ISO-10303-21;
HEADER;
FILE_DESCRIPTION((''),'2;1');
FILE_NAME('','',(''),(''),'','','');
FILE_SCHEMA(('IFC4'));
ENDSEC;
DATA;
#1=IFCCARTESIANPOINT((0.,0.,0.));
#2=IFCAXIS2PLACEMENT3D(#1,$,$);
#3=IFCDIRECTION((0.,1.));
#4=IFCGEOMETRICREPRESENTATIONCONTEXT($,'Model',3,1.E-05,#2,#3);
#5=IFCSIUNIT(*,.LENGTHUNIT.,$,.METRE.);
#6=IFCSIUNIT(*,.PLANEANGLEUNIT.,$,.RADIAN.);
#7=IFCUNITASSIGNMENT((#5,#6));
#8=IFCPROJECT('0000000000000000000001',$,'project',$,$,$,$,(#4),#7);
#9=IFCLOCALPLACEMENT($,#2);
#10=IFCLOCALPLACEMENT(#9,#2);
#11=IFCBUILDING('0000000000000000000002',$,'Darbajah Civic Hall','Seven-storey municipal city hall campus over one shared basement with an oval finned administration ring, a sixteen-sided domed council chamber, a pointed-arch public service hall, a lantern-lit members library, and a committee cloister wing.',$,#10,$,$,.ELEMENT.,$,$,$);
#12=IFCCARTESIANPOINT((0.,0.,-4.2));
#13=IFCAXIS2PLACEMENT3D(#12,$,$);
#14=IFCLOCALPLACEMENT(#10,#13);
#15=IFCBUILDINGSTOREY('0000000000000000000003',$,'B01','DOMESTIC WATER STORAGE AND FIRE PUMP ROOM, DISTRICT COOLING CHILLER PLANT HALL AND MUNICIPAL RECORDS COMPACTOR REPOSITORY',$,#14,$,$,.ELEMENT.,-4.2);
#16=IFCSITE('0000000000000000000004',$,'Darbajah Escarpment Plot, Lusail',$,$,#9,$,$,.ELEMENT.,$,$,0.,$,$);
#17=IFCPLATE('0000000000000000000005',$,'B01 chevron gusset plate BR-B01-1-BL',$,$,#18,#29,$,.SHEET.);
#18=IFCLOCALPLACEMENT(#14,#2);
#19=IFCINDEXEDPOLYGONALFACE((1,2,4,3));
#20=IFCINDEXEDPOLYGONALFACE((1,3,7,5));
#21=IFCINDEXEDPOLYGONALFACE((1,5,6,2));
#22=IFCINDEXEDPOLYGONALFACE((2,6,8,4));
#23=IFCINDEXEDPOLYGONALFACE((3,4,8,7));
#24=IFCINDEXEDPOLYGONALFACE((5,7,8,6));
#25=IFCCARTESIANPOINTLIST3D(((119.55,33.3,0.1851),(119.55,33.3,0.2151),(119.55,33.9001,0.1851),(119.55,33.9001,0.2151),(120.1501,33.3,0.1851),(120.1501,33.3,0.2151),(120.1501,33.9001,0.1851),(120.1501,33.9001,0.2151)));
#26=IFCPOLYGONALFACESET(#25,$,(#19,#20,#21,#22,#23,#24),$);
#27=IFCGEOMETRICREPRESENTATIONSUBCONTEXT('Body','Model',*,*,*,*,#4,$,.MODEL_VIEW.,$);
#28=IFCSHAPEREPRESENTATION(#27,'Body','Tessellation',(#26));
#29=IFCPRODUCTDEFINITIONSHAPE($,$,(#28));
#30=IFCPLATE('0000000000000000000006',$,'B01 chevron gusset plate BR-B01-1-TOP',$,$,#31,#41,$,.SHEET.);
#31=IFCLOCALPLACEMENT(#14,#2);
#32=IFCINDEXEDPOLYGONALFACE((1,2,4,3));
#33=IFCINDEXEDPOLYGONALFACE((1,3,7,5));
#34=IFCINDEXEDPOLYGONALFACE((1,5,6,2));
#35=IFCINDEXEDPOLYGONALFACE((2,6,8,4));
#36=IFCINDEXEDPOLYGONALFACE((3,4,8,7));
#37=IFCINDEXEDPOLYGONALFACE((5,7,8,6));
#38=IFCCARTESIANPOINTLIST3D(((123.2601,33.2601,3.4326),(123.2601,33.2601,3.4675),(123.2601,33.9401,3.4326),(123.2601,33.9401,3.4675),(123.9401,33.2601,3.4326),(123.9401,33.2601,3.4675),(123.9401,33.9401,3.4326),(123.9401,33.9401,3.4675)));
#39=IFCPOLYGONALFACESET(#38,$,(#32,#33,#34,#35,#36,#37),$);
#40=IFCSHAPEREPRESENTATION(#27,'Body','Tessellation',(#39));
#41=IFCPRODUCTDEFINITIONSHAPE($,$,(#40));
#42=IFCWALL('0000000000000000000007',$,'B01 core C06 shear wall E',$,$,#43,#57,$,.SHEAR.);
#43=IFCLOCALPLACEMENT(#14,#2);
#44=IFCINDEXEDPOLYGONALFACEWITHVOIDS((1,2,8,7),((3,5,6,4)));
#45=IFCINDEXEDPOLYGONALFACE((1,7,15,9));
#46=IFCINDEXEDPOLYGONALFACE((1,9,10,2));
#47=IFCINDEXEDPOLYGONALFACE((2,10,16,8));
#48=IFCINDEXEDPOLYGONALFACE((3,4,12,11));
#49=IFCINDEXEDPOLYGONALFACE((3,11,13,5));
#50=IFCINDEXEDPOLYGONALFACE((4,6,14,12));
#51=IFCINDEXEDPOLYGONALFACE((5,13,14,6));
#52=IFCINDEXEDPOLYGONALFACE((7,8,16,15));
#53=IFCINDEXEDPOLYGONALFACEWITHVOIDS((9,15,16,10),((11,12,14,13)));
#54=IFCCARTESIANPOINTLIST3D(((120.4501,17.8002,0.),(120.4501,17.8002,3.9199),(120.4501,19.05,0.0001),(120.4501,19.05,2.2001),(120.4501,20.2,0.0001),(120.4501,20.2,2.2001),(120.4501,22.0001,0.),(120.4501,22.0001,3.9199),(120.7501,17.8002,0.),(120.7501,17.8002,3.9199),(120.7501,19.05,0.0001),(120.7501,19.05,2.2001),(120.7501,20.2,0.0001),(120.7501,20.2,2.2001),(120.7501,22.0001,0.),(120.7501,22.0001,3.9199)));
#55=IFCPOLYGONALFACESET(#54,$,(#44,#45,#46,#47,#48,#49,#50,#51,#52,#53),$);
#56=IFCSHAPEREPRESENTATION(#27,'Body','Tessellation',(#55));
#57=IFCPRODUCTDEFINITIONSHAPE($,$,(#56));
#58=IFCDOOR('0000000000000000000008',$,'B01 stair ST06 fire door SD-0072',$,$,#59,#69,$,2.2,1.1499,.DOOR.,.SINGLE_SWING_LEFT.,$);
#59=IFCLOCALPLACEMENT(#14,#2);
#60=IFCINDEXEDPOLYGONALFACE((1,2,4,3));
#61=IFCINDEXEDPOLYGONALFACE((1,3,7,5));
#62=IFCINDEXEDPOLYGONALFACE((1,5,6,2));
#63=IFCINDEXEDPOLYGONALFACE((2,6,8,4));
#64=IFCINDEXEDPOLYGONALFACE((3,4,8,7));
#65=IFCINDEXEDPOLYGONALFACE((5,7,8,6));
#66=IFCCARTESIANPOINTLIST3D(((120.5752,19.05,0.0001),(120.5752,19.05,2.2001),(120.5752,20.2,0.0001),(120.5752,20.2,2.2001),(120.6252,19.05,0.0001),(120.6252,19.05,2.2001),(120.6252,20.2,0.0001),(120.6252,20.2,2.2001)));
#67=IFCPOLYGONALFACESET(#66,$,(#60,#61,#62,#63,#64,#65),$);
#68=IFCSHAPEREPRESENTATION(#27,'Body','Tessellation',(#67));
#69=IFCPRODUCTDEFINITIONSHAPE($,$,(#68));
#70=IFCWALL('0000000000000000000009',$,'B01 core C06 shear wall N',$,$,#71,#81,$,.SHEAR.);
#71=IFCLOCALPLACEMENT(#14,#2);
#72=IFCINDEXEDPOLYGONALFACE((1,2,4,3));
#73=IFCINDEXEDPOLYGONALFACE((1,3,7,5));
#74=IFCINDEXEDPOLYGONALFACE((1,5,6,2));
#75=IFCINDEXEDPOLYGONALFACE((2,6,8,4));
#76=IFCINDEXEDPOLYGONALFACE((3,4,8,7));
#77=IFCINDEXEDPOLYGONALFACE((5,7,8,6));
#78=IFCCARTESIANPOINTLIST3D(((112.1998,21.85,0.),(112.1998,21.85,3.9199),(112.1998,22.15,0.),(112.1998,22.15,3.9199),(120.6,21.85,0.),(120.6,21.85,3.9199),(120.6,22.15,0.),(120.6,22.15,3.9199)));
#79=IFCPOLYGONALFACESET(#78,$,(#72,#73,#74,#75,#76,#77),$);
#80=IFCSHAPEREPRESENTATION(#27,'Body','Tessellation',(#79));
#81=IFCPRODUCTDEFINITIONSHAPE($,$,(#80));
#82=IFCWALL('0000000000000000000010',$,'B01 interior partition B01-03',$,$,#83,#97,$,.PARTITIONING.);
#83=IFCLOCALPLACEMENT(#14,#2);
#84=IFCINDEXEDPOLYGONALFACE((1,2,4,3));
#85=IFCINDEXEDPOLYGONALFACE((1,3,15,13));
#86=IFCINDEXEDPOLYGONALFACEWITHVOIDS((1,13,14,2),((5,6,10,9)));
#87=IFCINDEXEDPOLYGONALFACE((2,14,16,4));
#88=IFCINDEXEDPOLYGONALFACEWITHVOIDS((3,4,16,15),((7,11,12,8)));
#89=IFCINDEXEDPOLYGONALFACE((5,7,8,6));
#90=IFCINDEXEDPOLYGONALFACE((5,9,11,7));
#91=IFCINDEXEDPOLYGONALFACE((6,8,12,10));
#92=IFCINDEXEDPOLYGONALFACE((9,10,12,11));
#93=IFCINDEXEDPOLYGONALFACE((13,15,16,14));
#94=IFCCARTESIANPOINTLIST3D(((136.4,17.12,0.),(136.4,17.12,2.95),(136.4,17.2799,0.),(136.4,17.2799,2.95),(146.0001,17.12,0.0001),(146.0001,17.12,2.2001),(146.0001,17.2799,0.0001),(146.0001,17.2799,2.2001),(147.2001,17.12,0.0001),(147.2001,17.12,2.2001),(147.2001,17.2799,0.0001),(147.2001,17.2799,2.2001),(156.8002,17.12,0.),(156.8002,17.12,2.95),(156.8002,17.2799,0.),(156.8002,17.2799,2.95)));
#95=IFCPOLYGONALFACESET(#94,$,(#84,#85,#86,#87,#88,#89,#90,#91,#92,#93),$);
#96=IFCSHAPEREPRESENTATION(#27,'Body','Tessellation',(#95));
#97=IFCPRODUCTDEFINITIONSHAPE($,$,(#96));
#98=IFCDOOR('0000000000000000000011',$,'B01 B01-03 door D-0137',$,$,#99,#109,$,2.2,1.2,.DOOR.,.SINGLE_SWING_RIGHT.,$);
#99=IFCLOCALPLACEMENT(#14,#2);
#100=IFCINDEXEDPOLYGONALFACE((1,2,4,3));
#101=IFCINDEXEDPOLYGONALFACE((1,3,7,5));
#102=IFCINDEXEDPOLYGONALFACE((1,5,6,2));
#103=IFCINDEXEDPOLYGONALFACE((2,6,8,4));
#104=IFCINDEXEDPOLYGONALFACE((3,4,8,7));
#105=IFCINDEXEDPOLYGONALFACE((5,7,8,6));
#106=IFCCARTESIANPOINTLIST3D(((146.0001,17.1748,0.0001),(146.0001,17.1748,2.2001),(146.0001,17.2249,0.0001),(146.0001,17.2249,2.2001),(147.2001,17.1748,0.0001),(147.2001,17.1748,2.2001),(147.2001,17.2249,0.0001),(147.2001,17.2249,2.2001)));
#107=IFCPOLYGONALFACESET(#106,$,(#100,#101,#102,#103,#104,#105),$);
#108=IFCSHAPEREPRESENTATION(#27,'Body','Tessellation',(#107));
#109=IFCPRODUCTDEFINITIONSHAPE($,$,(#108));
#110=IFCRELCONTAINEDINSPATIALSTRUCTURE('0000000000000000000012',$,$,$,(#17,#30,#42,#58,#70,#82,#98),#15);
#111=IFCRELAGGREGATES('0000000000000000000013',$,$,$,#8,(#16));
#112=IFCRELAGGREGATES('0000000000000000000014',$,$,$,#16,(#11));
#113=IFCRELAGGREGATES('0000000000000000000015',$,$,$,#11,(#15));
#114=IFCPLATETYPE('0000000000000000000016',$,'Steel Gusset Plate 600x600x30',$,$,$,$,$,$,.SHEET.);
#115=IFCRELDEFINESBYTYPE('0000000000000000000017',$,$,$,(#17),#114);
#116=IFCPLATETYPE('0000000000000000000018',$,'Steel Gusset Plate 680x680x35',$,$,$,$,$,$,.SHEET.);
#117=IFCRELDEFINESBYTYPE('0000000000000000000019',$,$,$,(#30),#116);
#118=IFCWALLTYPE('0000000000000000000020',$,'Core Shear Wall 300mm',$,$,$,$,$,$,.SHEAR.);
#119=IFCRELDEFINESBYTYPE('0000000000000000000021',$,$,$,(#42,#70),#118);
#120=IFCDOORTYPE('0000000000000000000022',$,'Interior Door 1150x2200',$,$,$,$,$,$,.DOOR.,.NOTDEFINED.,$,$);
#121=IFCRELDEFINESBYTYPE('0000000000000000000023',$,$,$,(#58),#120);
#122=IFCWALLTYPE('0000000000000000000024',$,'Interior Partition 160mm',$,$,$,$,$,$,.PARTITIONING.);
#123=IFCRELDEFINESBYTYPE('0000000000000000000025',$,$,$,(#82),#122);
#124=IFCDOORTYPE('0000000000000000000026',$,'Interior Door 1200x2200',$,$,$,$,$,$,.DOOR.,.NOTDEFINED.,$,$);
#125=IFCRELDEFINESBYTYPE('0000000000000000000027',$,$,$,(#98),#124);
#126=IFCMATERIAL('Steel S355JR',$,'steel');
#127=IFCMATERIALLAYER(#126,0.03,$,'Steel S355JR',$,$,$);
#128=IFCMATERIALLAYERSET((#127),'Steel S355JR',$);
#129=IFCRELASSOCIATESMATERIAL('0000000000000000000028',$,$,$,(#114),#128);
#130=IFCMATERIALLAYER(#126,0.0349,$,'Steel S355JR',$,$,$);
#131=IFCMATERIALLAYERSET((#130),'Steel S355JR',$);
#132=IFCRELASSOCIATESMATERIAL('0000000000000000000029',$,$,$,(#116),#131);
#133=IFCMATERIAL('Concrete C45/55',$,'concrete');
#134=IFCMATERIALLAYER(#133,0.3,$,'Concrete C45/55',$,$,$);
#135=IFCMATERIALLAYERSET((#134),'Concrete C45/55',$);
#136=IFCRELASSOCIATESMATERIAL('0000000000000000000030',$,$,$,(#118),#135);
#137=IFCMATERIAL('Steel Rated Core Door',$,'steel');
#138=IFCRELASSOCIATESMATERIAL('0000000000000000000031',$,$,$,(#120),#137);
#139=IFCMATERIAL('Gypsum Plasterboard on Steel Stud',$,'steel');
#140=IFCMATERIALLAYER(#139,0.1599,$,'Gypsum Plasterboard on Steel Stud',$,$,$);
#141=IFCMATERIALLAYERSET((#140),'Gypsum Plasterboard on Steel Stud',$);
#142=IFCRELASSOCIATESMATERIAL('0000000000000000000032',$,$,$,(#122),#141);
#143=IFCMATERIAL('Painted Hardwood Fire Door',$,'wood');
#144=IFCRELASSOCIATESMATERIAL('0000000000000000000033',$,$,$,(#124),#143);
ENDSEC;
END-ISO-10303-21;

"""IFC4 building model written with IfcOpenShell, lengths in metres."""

from ifc_helpers import new_model, si_unit, direction, frame, frame_2d, origin, origin_2d, place, context, subcontext, project, spatial, rectangle, extrude, material, layer, layer_set, type_object, element, fill, save


model = new_model("IFC4")

# Units and contexts
model_context = context("Model", 3, precision=1e-05, world=origin(), true_north=direction((0.0, 1.0)))
body_context = subcontext(model_context, "Body", "Model", "MODEL_VIEW")
ifc_project = project(units=[si_unit("LENGTHUNIT", "METRE"), si_unit("PLANEANGLEUNIT", "RADIAN")], contexts=[model_context])

# Site, building, storey
site_placement = place(None, origin())
site = spatial("IfcSite", under=ifc_project, at=site_placement, Name="Darbajah Escarpment Plot, Lusail", CompositionType="ELEMENT", RefElevation=0.0)
building_placement = place(site_placement, origin())
building = spatial("IfcBuilding", under=site, at=building_placement, Name="Darbajah Civic Hall", Description="Seven-storey municipal city hall campus over one shared basement with an oval finned administration ring, a sixteen-sided domed council chamber, a pointed-arch public service hall, a lantern-lit members library, and a committee cloister wing.", CompositionType="ELEMENT")
storey_placement = place(building_placement, frame((0.0, 0.0, -4.2)))
storey = spatial("IfcBuildingStorey", under=building, at=storey_placement, Name="B01", Description="DOMESTIC WATER STORAGE AND FIRE PUMP ROOM, DISTRICT COOLING CHILLER PLANT HALL AND MUNICIPAL RECORDS COMPACTOR REPOSITORY", CompositionType="ELEMENT", Elevation=-4.2)

# Shared definitions
ifc_material_1 = material(Name="Concrete C45/55", Category="concrete")

# Shared definitions
ifc_material_2 = material(Name="Steel S355JR", Category="steel")

# Plates
ifc_layer_1 = layer(ifc_material_2, 0.03, Name="Steel S355JR")
ifc_layer_set_1 = layer_set([ifc_layer_1], Name="Steel S355JR")
plate_type_1 = type_object("IfcPlateType", Name="Steel Gusset Plate 600x600x30", PredefinedType="SHEET", material=ifc_layer_set_1)
plate_1_placement = place(storey_placement, frame((119.8501, 33.6001, 0.1851), z_axis=(0.0, 0.0, 1.0), x_axis=(1.0, 0.0, 0.0)))
element("IfcPlate", 1, at=plate_1_placement, inside=storey, type_object=plate_type_1, Name="B01 chevron gusset plate BR-B01-1-BL", PredefinedType="SHEET", context=body_context, shape_type="SweptSolid", body=[
    extrude(rectangle(XDim=0.6001, YDim=0.6001, at=origin_2d()), origin(), (0.0, 0.0, 1.0), 0.03),
])
ifc_layer_2 = layer(ifc_material_2, 0.0349, Name="Steel S355JR")
ifc_layer_set_2 = layer_set([ifc_layer_2], Name="Steel S355JR")
plate_type_2 = type_object("IfcPlateType", Name="Steel Gusset Plate 680x680x35", PredefinedType="SHEET", material=ifc_layer_set_2)
plate_2_placement = place(storey_placement, frame((123.6001, 33.6001, 3.4326), z_axis=(0.0, 0.0, 1.0), x_axis=(1.0, 0.0, 0.0)))
element("IfcPlate", 2, at=plate_2_placement, inside=storey, type_object=plate_type_2, Name="B01 chevron gusset plate BR-B01-1-TOP", PredefinedType="SHEET", context=body_context, shape_type="SweptSolid", body=[
    extrude(rectangle(XDim=0.6799, YDim=0.6799, at=origin_2d()), origin(), (0.0, 0.0, 1.0), 0.0349),
])

# Wall, opening, door
ifc_layer_3 = layer(ifc_material_1, 0.3, Name="Concrete C45/55")
ifc_layer_set_3 = layer_set([ifc_layer_3], Name="Concrete C45/55")
wall_type_1 = type_object("IfcWallType", Name="Core Shear Wall 300mm", PredefinedType="SHEAR", material=ifc_layer_set_3)
wall_1_placement = place(storey_placement, frame((120.6001, 17.8, 0.0), z_axis=(0.0, 0.0, 1.0), x_axis=(0.0, 1.0, 0.0)))
wall_1 = element("IfcWall", 3, at=wall_1_placement, inside=storey, type_object=wall_type_1, Name="B01 core C06 shear wall E", PredefinedType="SHEAR", context=body_context, shape_type="SweptSolid", body=[
    extrude(rectangle(XDim=4.2, YDim=0.3, at=frame_2d((2.1001, 0.0))), origin(), (0.0, 0.0, 1.0), 3.9199),
])
opening_1_placement = place(wall_1_placement, frame((1.25, 0.0, 0.0)))
opening_1 = element("IfcOpeningElement", 4, at=opening_1_placement, cuts=wall_1, PredefinedType="OPENING", context=body_context, shape_type="SweptSolid", body=[
    extrude(rectangle(XDim=1.1499, YDim=2.2, at=frame_2d((0.575, 1.1001))), frame((0.0, 0.1599, 0.0), z_axis=(0.0, -1.0, 0.0), x_axis=(1.0, 0.0, 0.0)), (0.0, 0.0, 1.0), 0.3201),
])
ifc_material_3 = material(Name="Steel Rated Core Door", Category="steel")
door_type_1 = type_object("IfcDoorType", Name="Interior Door 1150x2200", OperationType="NOTDEFINED", PredefinedType="DOOR", material=ifc_material_3)
door_1_placement = place(opening_1_placement, origin())
door_1 = element("IfcDoor", 5, at=door_1_placement, inside=storey, type_object=door_type_1, Name="B01 stair ST06 fire door SD-0072", OperationType="SINGLE_SWING_LEFT", OverallHeight=2.2, OverallWidth=1.1499, PredefinedType="DOOR", context=body_context, shape_type="SweptSolid", body=[
    extrude(rectangle(XDim=1.1499, YDim=2.2, at=frame_2d((0.575, 1.1001))), frame((0.0, 0.0249, 0.0), z_axis=(0.0, -1.0, 0.0), x_axis=(1.0, 0.0, 0.0)), (0.0, 0.0, 1.0), 0.05),
])
fill(opening_1, door_1)

# Wall
wall_2_placement = place(storey_placement, frame((120.6001, 22.0, 0.0), z_axis=(0.0, 0.0, 1.0), x_axis=(-1.0, 0.0, 0.0)))
element("IfcWall", 6, at=wall_2_placement, inside=storey, type_object=wall_type_1, Name="B01 core C06 shear wall N", PredefinedType="SHEAR", context=body_context, shape_type="SweptSolid", body=[
    extrude(rectangle(XDim=8.4001, YDim=0.3, at=frame_2d((4.2002, 0.0))), origin(), (0.0, 0.0, 1.0), 3.9199),
])

# Wall, opening, door
ifc_material_4 = material(Name="Gypsum Plasterboard on Steel Stud", Category="steel")
ifc_layer_4 = layer(ifc_material_4, 0.1599, Name="Gypsum Plasterboard on Steel Stud")
ifc_layer_set_4 = layer_set([ifc_layer_4], Name="Gypsum Plasterboard on Steel Stud")
wall_type_2 = type_object("IfcWallType", Name="Interior Partition 160mm", PredefinedType="PARTITIONING", material=ifc_layer_set_4)
wall_3_placement = place(storey_placement, frame((136.3999, 17.2, 0.0), z_axis=(0.0, 0.0, 1.0), x_axis=(1.0, 0.0, 0.0)))
wall_3 = element("IfcWall", 7, at=wall_3_placement, inside=storey, type_object=wall_type_2, Name="B01 interior partition B01-03", PredefinedType="PARTITIONING", context=body_context, shape_type="SweptSolid", body=[
    extrude(rectangle(XDim=20.4001, YDim=0.1599, at=frame_2d((10.2002, 0.0))), origin(), (0.0, 0.0, 1.0), 2.95),
])
opening_2_placement = place(wall_3_placement, frame((9.6001, 0.0, 0.0)))
opening_2 = element("IfcOpeningElement", 8, at=opening_2_placement, cuts=wall_3, PredefinedType="OPENING", context=body_context, shape_type="SweptSolid", body=[
    extrude(rectangle(XDim=1.2, YDim=2.2, at=frame_2d((0.6001, 1.1001))), frame((0.0, 0.0898, 0.0), z_axis=(0.0, -1.0, 0.0), x_axis=(1.0, 0.0, 0.0)), (0.0, 0.0, 1.0), 0.1799),
])
ifc_material_5 = material(Name="Painted Hardwood Fire Door", Category="wood")
door_type_2 = type_object("IfcDoorType", Name="Interior Door 1200x2200", OperationType="NOTDEFINED", PredefinedType="DOOR", material=ifc_material_5)
door_2_placement = place(opening_2_placement, origin())
door_2 = element("IfcDoor", 9, at=door_2_placement, inside=storey, type_object=door_type_2, Name="B01 B01-03 door D-0137", OperationType="SINGLE_SWING_RIGHT", OverallHeight=2.2, OverallWidth=1.2, PredefinedType="DOOR", context=body_context, shape_type="SweptSolid", body=[
    extrude(rectangle(XDim=1.2, YDim=2.2, at=frame_2d((0.6001, 1.1001))), frame((0.0, 0.0249, 0.0), z_axis=(0.0, -1.0, 0.0), x_axis=(1.0, 0.0, 0.0)), (0.0, 0.0, 1.0), 0.05),
])
fill(opening_2, door_2)

save(model, "model.ifc")
